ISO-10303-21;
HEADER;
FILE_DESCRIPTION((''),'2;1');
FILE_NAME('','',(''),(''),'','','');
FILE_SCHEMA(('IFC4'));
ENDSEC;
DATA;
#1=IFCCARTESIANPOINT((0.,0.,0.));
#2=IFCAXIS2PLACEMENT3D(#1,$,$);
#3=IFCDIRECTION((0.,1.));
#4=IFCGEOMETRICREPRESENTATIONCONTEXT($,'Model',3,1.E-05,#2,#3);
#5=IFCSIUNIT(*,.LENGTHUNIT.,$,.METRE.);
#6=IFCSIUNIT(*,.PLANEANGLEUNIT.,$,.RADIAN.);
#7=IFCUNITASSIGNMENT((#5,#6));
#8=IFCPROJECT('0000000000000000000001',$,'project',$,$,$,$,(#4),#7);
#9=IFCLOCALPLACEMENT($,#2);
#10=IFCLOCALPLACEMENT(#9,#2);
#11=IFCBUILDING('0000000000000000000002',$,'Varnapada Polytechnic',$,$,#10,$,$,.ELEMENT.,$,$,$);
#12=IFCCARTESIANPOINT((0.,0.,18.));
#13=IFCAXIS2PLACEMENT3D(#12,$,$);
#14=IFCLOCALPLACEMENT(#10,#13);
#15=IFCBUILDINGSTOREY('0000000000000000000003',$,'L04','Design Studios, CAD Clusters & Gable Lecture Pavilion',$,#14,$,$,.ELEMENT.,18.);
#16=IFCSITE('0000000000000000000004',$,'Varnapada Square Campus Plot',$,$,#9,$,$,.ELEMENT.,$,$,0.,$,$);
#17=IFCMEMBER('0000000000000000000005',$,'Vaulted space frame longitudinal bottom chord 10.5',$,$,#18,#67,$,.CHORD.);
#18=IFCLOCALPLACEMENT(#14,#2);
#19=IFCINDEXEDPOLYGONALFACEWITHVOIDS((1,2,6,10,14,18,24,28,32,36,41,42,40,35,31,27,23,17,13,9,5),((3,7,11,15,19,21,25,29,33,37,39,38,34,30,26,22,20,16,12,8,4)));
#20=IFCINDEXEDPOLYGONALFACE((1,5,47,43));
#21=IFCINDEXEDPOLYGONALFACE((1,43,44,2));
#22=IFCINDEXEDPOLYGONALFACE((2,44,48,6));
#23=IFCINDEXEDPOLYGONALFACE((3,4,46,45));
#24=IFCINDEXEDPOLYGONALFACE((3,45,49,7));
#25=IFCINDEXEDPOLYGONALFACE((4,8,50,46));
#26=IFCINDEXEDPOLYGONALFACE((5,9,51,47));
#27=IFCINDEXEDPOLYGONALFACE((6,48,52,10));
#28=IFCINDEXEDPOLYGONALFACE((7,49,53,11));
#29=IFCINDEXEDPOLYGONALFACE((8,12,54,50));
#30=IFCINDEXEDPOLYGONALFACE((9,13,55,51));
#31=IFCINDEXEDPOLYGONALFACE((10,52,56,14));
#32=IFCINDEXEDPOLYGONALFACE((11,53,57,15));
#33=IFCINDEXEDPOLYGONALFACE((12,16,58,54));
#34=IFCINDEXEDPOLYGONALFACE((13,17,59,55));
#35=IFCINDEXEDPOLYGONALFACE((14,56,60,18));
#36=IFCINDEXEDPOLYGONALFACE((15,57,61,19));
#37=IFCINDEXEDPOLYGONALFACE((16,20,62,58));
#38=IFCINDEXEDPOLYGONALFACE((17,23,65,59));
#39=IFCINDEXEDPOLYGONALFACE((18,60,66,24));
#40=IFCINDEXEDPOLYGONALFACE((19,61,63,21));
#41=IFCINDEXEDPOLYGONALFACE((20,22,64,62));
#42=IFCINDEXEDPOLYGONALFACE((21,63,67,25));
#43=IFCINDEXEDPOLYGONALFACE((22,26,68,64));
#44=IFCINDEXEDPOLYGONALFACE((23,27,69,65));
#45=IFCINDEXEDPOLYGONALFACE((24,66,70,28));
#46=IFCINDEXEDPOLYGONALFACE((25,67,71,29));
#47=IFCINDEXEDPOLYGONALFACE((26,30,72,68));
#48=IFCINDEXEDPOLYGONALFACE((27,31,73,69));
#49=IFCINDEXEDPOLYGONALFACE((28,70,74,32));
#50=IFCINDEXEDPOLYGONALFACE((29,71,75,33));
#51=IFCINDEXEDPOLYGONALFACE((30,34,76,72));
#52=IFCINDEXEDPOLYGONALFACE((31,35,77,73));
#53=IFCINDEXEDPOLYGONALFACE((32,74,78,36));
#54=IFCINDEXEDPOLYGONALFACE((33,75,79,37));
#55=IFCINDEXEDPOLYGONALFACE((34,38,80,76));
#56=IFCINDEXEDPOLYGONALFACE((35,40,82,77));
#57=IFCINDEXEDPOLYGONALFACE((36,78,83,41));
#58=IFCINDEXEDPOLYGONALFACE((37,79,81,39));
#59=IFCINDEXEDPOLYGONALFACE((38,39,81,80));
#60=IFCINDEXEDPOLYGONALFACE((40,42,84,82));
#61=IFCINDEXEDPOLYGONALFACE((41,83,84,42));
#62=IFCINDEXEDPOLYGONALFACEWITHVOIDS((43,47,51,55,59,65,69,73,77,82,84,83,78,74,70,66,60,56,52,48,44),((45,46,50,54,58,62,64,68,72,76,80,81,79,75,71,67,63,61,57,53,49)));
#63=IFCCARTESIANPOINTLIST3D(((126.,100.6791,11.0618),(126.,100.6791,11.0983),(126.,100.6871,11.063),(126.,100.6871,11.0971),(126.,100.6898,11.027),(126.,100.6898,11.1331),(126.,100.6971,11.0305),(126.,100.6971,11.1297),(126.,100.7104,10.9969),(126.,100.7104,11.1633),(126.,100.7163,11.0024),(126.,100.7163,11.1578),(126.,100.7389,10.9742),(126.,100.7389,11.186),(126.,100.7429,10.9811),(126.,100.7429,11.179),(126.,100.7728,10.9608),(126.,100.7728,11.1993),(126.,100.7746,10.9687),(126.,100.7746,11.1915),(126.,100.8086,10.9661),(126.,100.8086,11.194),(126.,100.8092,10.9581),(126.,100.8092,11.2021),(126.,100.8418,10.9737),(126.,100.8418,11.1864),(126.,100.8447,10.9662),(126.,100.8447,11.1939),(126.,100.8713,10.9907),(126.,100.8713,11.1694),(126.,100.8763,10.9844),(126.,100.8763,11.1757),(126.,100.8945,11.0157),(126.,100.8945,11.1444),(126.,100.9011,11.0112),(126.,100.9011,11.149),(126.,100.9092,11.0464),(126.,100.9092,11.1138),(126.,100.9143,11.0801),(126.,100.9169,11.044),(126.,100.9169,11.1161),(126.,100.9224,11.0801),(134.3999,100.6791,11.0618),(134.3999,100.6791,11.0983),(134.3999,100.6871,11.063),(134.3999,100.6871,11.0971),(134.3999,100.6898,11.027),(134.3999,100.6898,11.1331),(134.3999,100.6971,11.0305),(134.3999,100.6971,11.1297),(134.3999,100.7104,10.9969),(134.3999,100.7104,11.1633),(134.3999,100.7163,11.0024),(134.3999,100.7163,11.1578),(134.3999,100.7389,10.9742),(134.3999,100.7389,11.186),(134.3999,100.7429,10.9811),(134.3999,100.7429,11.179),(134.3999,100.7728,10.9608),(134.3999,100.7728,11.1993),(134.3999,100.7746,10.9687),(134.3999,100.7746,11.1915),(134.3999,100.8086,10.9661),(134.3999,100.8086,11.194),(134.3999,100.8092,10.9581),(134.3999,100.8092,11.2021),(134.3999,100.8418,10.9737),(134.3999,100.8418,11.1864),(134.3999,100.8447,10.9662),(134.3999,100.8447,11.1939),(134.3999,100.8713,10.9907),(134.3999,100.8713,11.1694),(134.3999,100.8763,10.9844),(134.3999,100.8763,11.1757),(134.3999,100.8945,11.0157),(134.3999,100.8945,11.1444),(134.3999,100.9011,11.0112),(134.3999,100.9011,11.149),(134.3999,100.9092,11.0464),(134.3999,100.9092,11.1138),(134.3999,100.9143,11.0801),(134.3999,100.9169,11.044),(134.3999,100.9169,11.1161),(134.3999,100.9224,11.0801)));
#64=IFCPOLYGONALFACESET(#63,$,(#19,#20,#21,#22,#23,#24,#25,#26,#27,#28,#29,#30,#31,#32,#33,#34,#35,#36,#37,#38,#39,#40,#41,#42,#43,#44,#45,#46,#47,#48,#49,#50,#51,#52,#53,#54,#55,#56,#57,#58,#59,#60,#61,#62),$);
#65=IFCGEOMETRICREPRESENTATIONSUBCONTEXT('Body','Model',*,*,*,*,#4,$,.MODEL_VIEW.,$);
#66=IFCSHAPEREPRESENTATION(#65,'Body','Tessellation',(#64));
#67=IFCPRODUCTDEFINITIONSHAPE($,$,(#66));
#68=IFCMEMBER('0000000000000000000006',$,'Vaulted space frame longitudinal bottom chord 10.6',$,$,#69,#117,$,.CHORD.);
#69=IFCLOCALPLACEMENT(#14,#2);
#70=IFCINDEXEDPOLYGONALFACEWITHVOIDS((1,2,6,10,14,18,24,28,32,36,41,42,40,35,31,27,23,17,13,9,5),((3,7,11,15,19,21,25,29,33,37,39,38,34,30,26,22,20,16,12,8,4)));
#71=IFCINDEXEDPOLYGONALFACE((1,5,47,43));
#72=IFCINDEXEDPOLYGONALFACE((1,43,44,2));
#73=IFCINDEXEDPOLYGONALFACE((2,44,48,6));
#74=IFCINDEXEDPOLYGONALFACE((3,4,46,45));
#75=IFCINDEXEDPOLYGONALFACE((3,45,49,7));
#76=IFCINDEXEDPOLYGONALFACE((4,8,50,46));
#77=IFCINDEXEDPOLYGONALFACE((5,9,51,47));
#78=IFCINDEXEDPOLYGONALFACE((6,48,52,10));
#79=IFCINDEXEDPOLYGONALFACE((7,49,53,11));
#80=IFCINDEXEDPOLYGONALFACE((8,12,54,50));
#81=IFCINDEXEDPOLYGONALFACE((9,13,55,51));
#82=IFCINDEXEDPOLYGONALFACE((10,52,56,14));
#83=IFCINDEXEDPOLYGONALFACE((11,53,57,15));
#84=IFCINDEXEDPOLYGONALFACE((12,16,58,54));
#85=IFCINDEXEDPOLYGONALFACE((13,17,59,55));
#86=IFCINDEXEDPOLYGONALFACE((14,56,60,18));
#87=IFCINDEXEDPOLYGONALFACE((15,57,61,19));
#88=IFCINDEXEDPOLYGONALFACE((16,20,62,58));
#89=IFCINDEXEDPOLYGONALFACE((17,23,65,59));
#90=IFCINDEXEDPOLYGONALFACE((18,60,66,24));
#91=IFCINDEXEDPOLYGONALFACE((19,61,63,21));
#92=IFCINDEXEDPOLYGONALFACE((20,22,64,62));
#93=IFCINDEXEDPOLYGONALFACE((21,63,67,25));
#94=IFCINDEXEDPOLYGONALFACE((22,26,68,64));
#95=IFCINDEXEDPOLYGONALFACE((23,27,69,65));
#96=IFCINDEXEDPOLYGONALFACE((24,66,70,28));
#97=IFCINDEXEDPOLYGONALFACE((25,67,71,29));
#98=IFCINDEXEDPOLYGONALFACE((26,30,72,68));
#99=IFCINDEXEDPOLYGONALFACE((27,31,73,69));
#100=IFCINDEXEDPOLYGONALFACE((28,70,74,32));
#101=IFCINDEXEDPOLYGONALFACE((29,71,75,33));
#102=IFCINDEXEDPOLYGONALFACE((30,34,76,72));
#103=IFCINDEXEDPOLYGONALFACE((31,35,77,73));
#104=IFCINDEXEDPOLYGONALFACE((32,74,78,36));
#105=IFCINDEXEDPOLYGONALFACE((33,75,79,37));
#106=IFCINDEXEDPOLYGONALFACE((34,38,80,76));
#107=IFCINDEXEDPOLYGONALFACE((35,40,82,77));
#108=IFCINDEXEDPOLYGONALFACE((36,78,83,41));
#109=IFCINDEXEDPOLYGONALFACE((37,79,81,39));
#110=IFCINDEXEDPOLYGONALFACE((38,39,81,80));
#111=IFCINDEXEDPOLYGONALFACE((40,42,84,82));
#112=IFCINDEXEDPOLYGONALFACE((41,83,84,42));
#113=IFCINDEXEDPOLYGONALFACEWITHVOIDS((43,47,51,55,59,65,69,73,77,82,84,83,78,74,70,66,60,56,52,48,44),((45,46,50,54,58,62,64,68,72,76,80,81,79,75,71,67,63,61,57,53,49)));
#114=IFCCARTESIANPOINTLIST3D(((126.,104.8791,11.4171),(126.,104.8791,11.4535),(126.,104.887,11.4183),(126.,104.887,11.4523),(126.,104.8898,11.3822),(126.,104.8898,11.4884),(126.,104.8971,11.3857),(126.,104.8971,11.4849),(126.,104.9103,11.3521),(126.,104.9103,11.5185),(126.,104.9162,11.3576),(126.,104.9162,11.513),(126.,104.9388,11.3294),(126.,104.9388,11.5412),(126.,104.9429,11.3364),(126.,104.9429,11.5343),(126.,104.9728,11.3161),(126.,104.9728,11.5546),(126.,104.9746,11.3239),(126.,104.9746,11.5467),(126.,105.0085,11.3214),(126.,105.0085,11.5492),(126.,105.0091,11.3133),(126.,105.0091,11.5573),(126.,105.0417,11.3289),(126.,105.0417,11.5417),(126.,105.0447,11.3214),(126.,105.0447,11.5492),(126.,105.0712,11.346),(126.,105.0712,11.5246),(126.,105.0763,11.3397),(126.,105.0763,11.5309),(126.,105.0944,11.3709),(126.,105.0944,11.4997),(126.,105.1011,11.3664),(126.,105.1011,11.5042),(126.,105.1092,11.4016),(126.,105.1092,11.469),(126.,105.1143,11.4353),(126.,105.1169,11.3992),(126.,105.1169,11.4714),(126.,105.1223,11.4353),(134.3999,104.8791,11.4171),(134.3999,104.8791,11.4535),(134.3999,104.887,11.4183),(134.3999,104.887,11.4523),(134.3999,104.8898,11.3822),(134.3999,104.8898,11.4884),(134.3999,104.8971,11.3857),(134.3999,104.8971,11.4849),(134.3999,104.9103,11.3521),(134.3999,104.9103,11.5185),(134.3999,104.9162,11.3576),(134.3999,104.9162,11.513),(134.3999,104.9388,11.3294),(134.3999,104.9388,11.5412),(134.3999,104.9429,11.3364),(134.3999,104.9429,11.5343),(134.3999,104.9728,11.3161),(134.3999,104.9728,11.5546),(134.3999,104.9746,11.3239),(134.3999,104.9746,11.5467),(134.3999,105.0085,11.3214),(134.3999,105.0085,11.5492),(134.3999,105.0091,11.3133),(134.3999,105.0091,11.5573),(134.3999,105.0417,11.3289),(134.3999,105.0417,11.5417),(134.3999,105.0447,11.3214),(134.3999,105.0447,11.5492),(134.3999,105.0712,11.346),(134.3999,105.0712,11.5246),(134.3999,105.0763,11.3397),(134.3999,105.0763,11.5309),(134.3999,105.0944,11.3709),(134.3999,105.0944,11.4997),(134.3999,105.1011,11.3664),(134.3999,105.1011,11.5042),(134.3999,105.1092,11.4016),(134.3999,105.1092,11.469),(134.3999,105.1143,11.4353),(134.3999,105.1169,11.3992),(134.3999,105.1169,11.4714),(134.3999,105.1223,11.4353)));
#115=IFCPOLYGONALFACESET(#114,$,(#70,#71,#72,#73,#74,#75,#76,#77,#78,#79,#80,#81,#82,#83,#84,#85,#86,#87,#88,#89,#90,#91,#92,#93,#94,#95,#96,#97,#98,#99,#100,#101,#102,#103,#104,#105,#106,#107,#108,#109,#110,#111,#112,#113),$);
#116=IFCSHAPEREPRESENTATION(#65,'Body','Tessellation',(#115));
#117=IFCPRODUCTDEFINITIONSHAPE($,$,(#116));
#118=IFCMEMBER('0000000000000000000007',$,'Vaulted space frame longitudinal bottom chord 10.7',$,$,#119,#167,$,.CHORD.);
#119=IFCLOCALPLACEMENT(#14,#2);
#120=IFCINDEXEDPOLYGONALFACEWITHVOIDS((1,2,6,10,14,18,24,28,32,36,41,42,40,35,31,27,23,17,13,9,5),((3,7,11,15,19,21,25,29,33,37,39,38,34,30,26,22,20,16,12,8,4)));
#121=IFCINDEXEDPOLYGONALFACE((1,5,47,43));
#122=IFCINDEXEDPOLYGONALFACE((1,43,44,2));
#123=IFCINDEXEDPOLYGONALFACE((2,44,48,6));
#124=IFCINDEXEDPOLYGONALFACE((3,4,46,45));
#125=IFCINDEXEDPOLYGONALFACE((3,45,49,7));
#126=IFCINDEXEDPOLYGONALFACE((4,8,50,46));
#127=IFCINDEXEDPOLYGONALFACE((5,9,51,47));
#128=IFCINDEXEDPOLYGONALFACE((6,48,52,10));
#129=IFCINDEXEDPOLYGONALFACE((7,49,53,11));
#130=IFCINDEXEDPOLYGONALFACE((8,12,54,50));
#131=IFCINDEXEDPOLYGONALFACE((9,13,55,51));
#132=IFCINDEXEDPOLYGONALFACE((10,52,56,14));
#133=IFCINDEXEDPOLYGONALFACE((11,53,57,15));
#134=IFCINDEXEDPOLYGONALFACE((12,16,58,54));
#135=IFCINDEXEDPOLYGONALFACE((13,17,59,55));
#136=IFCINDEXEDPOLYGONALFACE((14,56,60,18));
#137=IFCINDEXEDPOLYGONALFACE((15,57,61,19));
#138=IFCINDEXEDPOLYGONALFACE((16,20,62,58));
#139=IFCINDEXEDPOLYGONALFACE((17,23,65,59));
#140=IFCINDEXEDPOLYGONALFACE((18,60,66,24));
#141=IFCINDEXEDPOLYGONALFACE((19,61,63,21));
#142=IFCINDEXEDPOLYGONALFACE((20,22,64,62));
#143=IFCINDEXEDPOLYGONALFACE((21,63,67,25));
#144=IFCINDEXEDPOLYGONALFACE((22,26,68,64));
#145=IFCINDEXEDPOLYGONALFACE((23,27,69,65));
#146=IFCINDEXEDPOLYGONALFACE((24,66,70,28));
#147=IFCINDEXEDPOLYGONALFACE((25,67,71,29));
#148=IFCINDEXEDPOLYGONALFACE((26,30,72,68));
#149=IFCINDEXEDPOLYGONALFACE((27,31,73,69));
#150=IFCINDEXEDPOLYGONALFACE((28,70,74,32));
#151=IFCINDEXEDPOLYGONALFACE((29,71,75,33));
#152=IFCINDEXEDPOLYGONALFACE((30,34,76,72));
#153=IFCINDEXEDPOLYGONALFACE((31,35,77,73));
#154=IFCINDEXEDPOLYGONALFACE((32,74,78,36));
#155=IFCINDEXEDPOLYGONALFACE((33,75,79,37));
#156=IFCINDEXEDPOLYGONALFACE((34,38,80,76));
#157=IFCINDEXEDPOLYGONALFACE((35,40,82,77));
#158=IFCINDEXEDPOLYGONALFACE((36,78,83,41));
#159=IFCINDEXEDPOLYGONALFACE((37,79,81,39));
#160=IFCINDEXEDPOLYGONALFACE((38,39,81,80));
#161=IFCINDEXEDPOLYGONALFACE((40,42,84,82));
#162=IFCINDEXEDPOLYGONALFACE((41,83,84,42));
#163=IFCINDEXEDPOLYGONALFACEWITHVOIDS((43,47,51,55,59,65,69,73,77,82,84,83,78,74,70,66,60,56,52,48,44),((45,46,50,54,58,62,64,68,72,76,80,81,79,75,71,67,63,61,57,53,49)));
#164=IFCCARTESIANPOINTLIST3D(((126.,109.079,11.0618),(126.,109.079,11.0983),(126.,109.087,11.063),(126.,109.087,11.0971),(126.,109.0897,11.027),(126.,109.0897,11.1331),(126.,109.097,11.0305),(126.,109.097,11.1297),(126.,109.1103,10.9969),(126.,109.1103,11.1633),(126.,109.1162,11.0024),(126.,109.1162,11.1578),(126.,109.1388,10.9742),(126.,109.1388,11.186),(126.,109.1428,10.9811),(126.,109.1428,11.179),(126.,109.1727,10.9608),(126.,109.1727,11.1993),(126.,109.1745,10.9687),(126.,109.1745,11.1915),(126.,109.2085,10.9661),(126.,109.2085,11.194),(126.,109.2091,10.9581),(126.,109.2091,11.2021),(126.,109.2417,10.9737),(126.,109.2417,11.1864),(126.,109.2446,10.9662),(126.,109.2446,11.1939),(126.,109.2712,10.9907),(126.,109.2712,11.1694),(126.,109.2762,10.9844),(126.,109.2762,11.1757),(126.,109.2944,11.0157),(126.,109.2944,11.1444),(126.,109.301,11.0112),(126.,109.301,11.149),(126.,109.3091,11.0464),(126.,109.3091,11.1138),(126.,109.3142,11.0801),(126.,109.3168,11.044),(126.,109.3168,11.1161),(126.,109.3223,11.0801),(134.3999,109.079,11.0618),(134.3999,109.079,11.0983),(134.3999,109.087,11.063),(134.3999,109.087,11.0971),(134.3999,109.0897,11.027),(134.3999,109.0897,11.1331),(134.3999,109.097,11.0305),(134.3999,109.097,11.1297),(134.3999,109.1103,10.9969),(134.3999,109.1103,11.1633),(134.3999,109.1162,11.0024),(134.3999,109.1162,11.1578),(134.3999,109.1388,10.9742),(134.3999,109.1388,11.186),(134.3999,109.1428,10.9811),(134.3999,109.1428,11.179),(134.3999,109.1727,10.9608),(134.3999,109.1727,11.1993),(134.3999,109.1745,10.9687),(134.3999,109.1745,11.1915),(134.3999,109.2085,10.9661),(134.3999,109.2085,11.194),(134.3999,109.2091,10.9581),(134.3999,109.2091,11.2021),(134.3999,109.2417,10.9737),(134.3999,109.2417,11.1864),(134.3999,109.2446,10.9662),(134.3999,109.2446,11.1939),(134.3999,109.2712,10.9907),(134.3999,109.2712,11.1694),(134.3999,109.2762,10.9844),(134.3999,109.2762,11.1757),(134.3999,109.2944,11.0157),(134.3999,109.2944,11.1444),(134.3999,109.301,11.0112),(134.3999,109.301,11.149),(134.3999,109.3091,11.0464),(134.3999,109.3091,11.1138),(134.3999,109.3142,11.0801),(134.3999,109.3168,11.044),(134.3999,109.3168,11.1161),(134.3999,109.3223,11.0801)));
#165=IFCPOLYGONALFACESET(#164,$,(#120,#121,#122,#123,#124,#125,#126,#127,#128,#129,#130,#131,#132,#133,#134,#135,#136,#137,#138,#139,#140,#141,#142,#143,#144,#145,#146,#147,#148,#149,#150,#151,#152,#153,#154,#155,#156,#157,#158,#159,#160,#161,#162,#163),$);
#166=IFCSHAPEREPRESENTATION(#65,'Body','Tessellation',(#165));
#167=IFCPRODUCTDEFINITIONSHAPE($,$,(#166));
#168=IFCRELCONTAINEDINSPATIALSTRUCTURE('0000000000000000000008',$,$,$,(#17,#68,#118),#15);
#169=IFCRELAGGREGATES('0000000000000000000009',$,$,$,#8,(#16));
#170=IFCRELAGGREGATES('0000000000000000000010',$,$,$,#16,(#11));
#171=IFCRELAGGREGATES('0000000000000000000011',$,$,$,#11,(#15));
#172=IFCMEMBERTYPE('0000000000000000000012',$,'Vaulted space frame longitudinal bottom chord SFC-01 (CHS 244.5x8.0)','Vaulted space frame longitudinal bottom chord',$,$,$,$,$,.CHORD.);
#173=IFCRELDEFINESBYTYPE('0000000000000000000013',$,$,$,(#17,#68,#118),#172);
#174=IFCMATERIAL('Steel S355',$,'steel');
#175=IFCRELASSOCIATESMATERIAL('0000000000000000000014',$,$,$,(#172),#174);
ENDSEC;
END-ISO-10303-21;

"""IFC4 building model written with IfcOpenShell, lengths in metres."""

from ifc_helpers import new_model, si_unit, direction, frame, origin, origin_2d, place, context, subcontext, project, spatial, hollow_circle, extrude, material, material_profile, profile_set, type_object, element, save


model = new_model("IFC4")

# Units and contexts
model_context = context("Model", 3, precision=1e-05, world=origin(), true_north=direction((0.0, 1.0)))
body_context = subcontext(model_context, "Body", "Model", "MODEL_VIEW")
ifc_project = project(units=[si_unit("LENGTHUNIT", "METRE"), si_unit("PLANEANGLEUNIT", "RADIAN")], contexts=[model_context])

# Site, building, storey
site_placement = place(None, origin())
site = spatial("IfcSite", under=ifc_project, at=site_placement, Name="Varnapada Square Campus Plot", CompositionType="ELEMENT", RefElevation=0.0)
building_placement = place(site_placement, origin())
building = spatial("IfcBuilding", under=site, at=building_placement, Name="Varnapada Polytechnic", CompositionType="ELEMENT")
storey_placement = place(building_placement, frame((0.0, 0.0, 18.0)))
storey = spatial("IfcBuildingStorey", under=building, at=storey_placement, Name="L04", Description="Design Studios, CAD Clusters & Gable Lecture Pavilion", CompositionType="ELEMENT", Elevation=18.0)

# Members
ifc_material = material(Name="Steel S355", Category="steel")
ifc_material_profile_1 = material_profile(ifc_material, hollow_circle(Radius=0.1223, WallThickness=0.0081, at=origin_2d()), Name="CHS 244.5x8.0")
ifc_profile_set_1 = profile_set([ifc_material_profile_1], Name="Steel S355")
member_type_1 = type_object("IfcMemberType", Name="Vaulted space frame longitudinal bottom chord SFC-01 (CHS 244.5x8.0)", Description="Vaulted space frame longitudinal bottom chord", PredefinedType="CHORD", material=ifc_profile_set_1)
for number, where, z_axis, x_axis, name in (
    (1, (126.0, 100.8, 11.0801), (1.0, 0.0, 0.0), (0.0, 1.0, 0.0), "Vaulted space frame longitudinal bottom chord 10.5"),
    (2, (126.0, 105.0, 11.4353), (1.0, 0.0, 0.0), (0.0, 1.0, 0.0), "Vaulted space frame longitudinal bottom chord 10.6"),
    (3, (126.0, 109.2, 11.0801), (1.0, 0.0, 0.0), (0.0, 1.0, 0.0), "Vaulted space frame longitudinal bottom chord 10.7"),
):
    element("IfcMember", number, at=place(storey_placement, frame(where, z_axis=z_axis, x_axis=x_axis)), inside=storey, type_object=member_type_1, Name=name, PredefinedType="CHORD", context=body_context, shape_type="SweptSolid", body=[
        extrude(hollow_circle(Radius=0.1223, WallThickness=0.0081, at=origin_2d()), origin(), (0.0, 0.0, 1.0), 8.3999),
    ])

save(model, "model.ifc")
